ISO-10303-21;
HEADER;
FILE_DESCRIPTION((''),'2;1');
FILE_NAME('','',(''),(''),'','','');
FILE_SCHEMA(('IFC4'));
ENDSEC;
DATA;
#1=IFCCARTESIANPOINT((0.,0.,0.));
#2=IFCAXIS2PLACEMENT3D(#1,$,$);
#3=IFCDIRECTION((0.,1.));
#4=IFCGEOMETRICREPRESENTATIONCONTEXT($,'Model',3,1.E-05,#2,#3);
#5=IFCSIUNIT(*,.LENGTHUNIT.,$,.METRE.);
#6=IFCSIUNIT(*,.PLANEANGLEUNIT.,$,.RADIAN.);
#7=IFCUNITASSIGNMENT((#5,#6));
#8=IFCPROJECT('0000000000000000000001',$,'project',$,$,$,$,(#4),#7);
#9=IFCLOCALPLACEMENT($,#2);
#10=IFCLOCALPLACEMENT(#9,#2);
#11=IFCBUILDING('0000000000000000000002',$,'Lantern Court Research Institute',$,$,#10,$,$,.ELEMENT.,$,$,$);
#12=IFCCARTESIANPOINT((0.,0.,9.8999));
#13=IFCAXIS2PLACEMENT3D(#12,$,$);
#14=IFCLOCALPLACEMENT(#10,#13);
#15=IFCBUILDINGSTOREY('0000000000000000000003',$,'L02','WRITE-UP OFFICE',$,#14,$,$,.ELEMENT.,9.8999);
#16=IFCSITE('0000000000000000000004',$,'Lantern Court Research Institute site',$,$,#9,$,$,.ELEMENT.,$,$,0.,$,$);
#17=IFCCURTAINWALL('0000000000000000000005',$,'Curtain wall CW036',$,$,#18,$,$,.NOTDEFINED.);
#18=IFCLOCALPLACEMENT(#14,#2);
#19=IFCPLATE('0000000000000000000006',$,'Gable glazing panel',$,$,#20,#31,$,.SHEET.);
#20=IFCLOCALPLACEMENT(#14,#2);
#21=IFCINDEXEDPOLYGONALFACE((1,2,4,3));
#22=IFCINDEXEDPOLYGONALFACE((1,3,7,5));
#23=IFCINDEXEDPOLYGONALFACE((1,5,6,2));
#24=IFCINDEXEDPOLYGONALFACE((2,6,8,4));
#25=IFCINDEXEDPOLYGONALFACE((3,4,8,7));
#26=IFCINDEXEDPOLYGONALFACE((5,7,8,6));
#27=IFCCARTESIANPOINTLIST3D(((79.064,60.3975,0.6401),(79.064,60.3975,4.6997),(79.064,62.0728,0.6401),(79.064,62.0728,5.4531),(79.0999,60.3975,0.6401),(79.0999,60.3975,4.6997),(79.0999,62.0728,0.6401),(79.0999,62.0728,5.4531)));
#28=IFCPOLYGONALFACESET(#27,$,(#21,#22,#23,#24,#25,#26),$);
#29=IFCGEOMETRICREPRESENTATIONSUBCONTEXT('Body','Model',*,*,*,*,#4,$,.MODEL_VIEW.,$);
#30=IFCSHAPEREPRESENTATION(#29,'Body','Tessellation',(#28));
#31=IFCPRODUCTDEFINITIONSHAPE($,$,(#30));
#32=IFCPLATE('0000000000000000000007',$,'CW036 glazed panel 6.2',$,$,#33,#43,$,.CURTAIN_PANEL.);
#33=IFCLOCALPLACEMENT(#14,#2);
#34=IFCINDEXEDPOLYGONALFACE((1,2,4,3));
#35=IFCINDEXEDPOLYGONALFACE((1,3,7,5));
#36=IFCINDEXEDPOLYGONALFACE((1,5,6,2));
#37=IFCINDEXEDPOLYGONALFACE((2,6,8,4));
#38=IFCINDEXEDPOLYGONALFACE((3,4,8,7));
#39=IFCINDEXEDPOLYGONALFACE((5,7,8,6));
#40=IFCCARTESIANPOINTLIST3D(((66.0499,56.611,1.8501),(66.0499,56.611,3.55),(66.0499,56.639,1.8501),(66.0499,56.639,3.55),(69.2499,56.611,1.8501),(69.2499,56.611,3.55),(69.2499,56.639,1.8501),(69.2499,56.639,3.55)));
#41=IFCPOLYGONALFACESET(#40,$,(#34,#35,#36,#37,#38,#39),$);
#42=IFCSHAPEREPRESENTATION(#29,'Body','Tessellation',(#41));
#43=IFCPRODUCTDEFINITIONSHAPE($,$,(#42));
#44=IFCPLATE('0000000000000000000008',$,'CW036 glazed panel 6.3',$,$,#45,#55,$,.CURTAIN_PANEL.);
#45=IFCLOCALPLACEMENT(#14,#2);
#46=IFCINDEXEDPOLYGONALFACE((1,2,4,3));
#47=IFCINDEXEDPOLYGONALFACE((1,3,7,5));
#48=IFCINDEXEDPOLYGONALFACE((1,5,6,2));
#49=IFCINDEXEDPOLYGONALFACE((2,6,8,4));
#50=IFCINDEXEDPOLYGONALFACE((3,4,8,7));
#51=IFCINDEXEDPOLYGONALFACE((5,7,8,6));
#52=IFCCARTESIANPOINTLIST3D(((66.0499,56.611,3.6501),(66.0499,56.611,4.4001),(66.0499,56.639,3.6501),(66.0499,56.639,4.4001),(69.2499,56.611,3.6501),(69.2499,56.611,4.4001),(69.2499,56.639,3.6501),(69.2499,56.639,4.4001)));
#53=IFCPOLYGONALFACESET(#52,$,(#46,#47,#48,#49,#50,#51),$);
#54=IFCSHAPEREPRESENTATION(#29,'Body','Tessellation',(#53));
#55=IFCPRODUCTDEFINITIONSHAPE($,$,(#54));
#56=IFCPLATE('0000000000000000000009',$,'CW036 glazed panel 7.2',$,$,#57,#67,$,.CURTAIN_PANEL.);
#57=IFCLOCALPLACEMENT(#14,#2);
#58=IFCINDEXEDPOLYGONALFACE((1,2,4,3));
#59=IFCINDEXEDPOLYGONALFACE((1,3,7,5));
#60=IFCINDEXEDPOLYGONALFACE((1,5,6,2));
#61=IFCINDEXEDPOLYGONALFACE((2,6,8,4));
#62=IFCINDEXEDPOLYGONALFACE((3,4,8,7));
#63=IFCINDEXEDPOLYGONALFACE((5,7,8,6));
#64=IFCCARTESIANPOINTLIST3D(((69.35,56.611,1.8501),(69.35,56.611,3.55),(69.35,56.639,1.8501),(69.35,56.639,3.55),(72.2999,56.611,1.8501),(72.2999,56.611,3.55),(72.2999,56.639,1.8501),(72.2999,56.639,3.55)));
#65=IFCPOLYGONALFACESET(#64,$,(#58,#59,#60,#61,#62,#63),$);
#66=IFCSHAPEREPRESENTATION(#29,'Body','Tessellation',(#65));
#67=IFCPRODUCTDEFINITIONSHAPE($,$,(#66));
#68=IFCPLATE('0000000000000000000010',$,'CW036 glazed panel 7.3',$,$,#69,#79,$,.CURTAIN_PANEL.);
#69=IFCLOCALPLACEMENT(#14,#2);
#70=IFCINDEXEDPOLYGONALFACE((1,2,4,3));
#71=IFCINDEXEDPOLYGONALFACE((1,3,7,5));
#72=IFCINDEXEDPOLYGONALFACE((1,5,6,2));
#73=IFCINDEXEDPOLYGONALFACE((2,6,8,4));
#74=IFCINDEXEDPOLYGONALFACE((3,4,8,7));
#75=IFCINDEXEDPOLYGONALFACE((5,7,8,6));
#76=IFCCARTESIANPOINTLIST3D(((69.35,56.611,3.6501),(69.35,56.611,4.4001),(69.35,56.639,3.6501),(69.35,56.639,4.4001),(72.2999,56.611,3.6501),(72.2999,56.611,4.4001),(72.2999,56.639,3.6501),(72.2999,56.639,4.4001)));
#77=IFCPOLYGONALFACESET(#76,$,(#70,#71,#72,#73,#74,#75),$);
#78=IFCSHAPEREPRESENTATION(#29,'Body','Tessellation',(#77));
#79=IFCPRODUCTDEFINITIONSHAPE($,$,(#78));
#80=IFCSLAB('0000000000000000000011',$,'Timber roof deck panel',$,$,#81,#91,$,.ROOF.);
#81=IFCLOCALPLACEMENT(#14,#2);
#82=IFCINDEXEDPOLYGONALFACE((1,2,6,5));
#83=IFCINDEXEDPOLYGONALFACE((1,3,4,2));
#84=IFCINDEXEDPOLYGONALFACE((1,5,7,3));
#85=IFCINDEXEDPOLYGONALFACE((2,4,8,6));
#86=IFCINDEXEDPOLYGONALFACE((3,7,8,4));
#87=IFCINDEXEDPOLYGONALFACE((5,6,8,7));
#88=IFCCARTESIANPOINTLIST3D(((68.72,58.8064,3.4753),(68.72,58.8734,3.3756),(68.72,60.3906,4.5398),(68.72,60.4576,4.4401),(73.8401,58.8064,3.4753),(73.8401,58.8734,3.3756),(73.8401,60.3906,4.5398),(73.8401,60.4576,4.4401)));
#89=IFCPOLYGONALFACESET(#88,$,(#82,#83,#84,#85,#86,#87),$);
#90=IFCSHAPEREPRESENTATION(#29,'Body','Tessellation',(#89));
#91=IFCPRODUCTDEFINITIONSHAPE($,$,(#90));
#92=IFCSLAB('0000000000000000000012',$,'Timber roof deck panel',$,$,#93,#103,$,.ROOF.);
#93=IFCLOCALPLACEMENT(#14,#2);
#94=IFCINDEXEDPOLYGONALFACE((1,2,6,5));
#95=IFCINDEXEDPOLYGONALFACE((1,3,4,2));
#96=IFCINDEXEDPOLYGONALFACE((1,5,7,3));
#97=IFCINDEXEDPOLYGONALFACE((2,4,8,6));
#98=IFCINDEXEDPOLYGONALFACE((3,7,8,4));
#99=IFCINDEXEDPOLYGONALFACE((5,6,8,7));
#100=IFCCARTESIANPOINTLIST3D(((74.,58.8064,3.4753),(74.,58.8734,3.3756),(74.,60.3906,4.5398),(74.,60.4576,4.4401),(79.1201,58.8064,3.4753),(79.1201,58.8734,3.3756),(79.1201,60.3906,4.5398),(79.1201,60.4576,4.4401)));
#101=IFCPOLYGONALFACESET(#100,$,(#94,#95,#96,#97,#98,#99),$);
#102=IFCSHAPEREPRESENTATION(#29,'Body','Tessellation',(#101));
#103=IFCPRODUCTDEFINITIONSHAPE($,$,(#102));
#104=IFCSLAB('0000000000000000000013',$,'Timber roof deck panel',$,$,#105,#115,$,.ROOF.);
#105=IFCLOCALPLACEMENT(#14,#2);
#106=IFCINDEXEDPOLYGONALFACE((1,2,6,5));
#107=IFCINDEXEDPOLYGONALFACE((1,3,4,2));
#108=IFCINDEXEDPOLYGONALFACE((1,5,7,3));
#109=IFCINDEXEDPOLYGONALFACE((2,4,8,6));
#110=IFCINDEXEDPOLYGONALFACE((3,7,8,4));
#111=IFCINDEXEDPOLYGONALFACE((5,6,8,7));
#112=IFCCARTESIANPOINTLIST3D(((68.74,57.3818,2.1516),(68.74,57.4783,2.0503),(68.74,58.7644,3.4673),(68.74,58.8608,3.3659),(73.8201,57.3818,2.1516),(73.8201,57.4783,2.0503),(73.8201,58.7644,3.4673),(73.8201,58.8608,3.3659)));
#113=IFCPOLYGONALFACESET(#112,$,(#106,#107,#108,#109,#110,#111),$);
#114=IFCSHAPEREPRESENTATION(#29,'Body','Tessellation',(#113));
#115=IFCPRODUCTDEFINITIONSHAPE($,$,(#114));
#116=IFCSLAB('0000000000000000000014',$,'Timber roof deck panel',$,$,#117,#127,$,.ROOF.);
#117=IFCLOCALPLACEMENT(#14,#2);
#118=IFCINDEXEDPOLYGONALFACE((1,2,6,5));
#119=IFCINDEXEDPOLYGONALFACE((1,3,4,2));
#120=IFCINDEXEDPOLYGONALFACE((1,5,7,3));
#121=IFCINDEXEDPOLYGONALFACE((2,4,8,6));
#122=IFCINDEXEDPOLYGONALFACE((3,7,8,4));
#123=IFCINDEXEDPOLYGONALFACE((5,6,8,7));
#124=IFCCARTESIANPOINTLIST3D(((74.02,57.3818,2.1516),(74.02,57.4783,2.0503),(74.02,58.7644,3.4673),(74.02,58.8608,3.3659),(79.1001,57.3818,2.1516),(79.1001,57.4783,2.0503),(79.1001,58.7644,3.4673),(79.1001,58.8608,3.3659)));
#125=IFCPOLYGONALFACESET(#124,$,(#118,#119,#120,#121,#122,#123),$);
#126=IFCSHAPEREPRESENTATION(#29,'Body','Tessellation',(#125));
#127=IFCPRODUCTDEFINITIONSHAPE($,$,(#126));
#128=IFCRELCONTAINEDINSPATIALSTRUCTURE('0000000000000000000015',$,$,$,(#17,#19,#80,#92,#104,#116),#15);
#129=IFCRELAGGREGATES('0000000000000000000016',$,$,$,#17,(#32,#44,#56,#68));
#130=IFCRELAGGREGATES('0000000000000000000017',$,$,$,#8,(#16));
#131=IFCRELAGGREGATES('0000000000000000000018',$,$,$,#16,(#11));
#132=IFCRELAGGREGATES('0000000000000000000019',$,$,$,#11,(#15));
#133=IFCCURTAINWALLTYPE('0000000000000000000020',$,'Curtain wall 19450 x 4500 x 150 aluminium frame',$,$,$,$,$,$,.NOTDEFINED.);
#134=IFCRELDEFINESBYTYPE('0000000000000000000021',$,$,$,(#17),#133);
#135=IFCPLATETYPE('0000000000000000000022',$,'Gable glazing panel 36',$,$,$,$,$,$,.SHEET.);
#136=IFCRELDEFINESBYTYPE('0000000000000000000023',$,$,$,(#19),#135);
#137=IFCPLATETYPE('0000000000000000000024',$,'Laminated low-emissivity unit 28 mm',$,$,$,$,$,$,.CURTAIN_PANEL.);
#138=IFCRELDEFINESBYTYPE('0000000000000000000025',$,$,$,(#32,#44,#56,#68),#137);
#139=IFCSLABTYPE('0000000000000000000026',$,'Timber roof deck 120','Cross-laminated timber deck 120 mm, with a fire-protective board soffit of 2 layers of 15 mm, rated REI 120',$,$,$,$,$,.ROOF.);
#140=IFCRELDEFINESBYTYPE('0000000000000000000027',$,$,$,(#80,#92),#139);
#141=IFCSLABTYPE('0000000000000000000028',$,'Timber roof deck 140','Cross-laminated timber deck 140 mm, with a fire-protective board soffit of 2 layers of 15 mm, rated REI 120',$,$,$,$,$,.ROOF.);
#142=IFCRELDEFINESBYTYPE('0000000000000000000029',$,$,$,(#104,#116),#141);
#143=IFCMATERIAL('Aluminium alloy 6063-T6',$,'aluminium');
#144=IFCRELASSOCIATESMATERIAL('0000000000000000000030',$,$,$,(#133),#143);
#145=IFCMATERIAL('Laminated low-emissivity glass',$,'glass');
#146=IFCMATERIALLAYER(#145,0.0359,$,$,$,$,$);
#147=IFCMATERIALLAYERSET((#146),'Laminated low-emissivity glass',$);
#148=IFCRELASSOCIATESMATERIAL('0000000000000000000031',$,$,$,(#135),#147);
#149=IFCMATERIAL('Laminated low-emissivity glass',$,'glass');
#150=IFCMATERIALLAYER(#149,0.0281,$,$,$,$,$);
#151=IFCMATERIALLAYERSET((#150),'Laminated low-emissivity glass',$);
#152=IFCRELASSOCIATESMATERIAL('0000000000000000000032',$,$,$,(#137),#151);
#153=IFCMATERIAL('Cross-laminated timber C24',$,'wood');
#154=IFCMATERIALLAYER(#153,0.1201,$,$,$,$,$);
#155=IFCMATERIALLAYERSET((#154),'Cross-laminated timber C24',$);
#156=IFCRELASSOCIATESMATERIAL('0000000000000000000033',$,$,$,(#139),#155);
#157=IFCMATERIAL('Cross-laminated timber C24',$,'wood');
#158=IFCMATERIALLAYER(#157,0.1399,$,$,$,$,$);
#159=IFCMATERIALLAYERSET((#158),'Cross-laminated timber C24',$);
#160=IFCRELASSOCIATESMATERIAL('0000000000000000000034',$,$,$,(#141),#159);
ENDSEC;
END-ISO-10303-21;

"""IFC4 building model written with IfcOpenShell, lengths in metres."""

from ifc_helpers import new_model, si_unit, direction, frame, origin, origin_2d, place, context, subcontext, project, spatial, polyline, rectangle, outline, extrude, material, layer, layer_set, type_object, element, aggregate, save


model = new_model("IFC4")

# Units and contexts
model_context = context("Model", 3, precision=1e-05, world=origin(), true_north=direction((0.0, 1.0)))
body_context = subcontext(model_context, "Body", "Model", "MODEL_VIEW")
ifc_project = project(units=[si_unit("LENGTHUNIT", "METRE"), si_unit("PLANEANGLEUNIT", "RADIAN")], contexts=[model_context])

# Site, building, storey
site_placement = place(None, origin())
site = spatial("IfcSite", under=ifc_project, at=site_placement, Name="Lantern Court Research Institute site", CompositionType="ELEMENT", RefElevation=0.0)
building_placement = place(site_placement, origin())
building = spatial("IfcBuilding", under=site, at=building_placement, Name="Lantern Court Research Institute", CompositionType="ELEMENT")
storey_placement = place(building_placement, frame((0.0, 0.0, 9.8999)))
storey = spatial("IfcBuildingStorey", under=building, at=storey_placement, Name="L02", Description="WRITE-UP OFFICE", CompositionType="ELEMENT", Elevation=9.8999)

# Curtain wall
ifc_material_1 = material(Name="Aluminium alloy 6063-T6", Category="aluminium")
curtain_wall_type = type_object("IfcCurtainWallType", Name="Curtain wall 19450 x 4500 x 150 aluminium frame", PredefinedType="NOTDEFINED", material=ifc_material_1)
curtain_wall_placement = place(storey_placement, origin())
curtain_wall = element("IfcCurtainWall", 1, at=curtain_wall_placement, inside=storey, type_object=curtain_wall_type, Name="Curtain wall CW036", PredefinedType="NOTDEFINED")

# Plate
ifc_material_2 = material(Name="Laminated low-emissivity glass", Category="glass")
ifc_layer_1 = layer(ifc_material_2, 0.0359)
ifc_layer_set_1 = layer_set([ifc_layer_1], Name="Laminated low-emissivity glass")
plate_type_1 = type_object("IfcPlateType", Name="Gable glazing panel 36", PredefinedType="SHEET", material=ifc_layer_set_1)
plate_1_placement = place(storey_placement, frame((79.082, 60.3975, 0.6401), z_axis=(0.0, 0.0, 1.0), x_axis=(0.0, 1.0, 0.0)))
element("IfcPlate", 2, at=plate_1_placement, inside=storey, type_object=plate_type_1, Name="Gable glazing panel", PredefinedType="SHEET", context=body_context, shape_type="SweptSolid", body=[
    extrude(outline(polyline([(0.0, 0.0), (1.6753, 0.0), (1.6753, 4.813), (0.0, 4.0596), (0.0, 0.0)])), frame((0.0, 0.0181, 0.0), z_axis=(0.0, -1.0, 0.0), x_axis=(1.0, 0.0, 0.0)), (0.0, 0.0, 1.0), 0.0359),
])

# Plates
ifc_material_3 = material(Name="Laminated low-emissivity glass", Category="glass")
ifc_layer_2 = layer(ifc_material_3, 0.0281)
ifc_layer_set_2 = layer_set([ifc_layer_2], Name="Laminated low-emissivity glass")
plate_type_2 = type_object("IfcPlateType", Name="Laminated low-emissivity unit 28 mm", PredefinedType="CURTAIN_PANEL", material=ifc_layer_set_2)
plate_2_placement = place(storey_placement, frame((67.6499, 56.625, 1.8501), z_axis=(0.0, 0.0, 1.0), x_axis=(1.0, 0.0, 0.0)))
plate_2 = element("IfcPlate", 3, at=plate_2_placement, type_object=plate_type_2, Name="CW036 glazed panel 6.2", PredefinedType="CURTAIN_PANEL", context=body_context, shape_type="SweptSolid", body=[
    extrude(rectangle(XDim=3.2, YDim=0.0281, at=origin_2d()), origin(), (0.0, 0.0, 1.0), 1.7),
])
plate_3_placement = place(storey_placement, frame((67.6499, 56.625, 3.6501), z_axis=(0.0, 0.0, 1.0), x_axis=(1.0, 0.0, 0.0)))
plate_3 = element("IfcPlate", 4, at=plate_3_placement, type_object=plate_type_2, Name="CW036 glazed panel 6.3", PredefinedType="CURTAIN_PANEL", context=body_context, shape_type="SweptSolid", body=[
    extrude(rectangle(XDim=3.2, YDim=0.0281, at=origin_2d()), origin(), (0.0, 0.0, 1.0), 0.75),
])
plate_4_placement = place(storey_placement, frame((70.825, 56.625, 1.8501), z_axis=(0.0, 0.0, 1.0), x_axis=(1.0, 0.0, 0.0)))
plate_4 = element("IfcPlate", 5, at=plate_4_placement, type_object=plate_type_2, Name="CW036 glazed panel 7.2", PredefinedType="CURTAIN_PANEL", context=body_context, shape_type="SweptSolid", body=[
    extrude(rectangle(XDim=2.95, YDim=0.0281, at=origin_2d()), origin(), (0.0, 0.0, 1.0), 1.7),
])
plate_5_placement = place(storey_placement, frame((70.825, 56.625, 3.6501), z_axis=(0.0, 0.0, 1.0), x_axis=(1.0, 0.0, 0.0)))
plate_5 = element("IfcPlate", 6, at=plate_5_placement, type_object=plate_type_2, Name="CW036 glazed panel 7.3", PredefinedType="CURTAIN_PANEL", context=body_context, shape_type="SweptSolid", body=[
    extrude(rectangle(XDim=2.95, YDim=0.0281, at=origin_2d()), origin(), (0.0, 0.0, 1.0), 0.75),
])
aggregate(curtain_wall, [plate_2, plate_3, plate_4, plate_5])

# Slabs
ifc_material_4 = material(Name="Cross-laminated timber C24", Category="wood")
ifc_layer_3 = layer(ifc_material_4, 0.1201)
ifc_layer_set_3 = layer_set([ifc_layer_3], Name="Cross-laminated timber C24")
slab_type_1 = type_object("IfcSlabType", Name="Timber roof deck 120", Description="Cross-laminated timber deck 120 mm, with a fire-protective board soffit of 2 layers of 15 mm, rated REI 120", PredefinedType="ROOF", material=ifc_layer_set_3)
for number, where, z_axis, x_axis, name in (
    (7, (68.72, 58.8064, 3.4753), (0.0, -0.557707, 0.830038), (1.0, 0.0, 0.0), "Timber roof deck panel"),
    (8, (74.0, 58.8064, 3.4753), (0.0, -0.557707, 0.830038), (1.0, 0.0, 0.0), "Timber roof deck panel"),
):
    element("IfcSlab", number, at=place(storey_placement, frame(where, z_axis=z_axis, x_axis=x_axis)), inside=storey, type_object=slab_type_1, Name=name, PredefinedType="ROOF", context=body_context, shape_type="SweptSolid", body=[
        extrude(outline(polyline([(0.0, 0.0), (5.1201, 0.0), (5.1201, 1.9086), (0.0, 1.9086), (0.0, 0.0)])), origin(), (0.0, 0.0, -1.0), 0.1201),
    ])
ifc_material_5 = material(Name="Cross-laminated timber C24", Category="wood")
ifc_layer_4 = layer(ifc_material_5, 0.1399)
ifc_layer_set_4 = layer_set([ifc_layer_4], Name="Cross-laminated timber C24")
slab_type_2 = type_object("IfcSlabType", Name="Timber roof deck 140", Description="Cross-laminated timber deck 140 mm, with a fire-protective board soffit of 2 layers of 15 mm, rated REI 120", PredefinedType="ROOF", material=ifc_layer_set_4)
for number, where, z_axis, x_axis, name in (
    (9, (68.74, 57.3818, 2.1516), (0.0, -0.689364, 0.724415), (1.0, 0.0, 0.0), "Timber roof deck panel"),
    (10, (74.02, 57.3818, 2.1516), (0.0, -0.689364, 0.724415), (1.0, 0.0, 0.0), "Timber roof deck panel"),
):
    element("IfcSlab", number, at=place(storey_placement, frame(where, z_axis=z_axis, x_axis=x_axis)), inside=storey, type_object=slab_type_2, Name=name, PredefinedType="ROOF", context=body_context, shape_type="SweptSolid", body=[
        extrude(outline(polyline([(0.0, 0.0), (5.0801, 0.0), (5.0801, 1.9085), (0.0, 1.9085), (0.0, 0.0)])), origin(), (0.0, 0.0, -1.0), 0.1399),
    ])

save(model, "model.ifc")
